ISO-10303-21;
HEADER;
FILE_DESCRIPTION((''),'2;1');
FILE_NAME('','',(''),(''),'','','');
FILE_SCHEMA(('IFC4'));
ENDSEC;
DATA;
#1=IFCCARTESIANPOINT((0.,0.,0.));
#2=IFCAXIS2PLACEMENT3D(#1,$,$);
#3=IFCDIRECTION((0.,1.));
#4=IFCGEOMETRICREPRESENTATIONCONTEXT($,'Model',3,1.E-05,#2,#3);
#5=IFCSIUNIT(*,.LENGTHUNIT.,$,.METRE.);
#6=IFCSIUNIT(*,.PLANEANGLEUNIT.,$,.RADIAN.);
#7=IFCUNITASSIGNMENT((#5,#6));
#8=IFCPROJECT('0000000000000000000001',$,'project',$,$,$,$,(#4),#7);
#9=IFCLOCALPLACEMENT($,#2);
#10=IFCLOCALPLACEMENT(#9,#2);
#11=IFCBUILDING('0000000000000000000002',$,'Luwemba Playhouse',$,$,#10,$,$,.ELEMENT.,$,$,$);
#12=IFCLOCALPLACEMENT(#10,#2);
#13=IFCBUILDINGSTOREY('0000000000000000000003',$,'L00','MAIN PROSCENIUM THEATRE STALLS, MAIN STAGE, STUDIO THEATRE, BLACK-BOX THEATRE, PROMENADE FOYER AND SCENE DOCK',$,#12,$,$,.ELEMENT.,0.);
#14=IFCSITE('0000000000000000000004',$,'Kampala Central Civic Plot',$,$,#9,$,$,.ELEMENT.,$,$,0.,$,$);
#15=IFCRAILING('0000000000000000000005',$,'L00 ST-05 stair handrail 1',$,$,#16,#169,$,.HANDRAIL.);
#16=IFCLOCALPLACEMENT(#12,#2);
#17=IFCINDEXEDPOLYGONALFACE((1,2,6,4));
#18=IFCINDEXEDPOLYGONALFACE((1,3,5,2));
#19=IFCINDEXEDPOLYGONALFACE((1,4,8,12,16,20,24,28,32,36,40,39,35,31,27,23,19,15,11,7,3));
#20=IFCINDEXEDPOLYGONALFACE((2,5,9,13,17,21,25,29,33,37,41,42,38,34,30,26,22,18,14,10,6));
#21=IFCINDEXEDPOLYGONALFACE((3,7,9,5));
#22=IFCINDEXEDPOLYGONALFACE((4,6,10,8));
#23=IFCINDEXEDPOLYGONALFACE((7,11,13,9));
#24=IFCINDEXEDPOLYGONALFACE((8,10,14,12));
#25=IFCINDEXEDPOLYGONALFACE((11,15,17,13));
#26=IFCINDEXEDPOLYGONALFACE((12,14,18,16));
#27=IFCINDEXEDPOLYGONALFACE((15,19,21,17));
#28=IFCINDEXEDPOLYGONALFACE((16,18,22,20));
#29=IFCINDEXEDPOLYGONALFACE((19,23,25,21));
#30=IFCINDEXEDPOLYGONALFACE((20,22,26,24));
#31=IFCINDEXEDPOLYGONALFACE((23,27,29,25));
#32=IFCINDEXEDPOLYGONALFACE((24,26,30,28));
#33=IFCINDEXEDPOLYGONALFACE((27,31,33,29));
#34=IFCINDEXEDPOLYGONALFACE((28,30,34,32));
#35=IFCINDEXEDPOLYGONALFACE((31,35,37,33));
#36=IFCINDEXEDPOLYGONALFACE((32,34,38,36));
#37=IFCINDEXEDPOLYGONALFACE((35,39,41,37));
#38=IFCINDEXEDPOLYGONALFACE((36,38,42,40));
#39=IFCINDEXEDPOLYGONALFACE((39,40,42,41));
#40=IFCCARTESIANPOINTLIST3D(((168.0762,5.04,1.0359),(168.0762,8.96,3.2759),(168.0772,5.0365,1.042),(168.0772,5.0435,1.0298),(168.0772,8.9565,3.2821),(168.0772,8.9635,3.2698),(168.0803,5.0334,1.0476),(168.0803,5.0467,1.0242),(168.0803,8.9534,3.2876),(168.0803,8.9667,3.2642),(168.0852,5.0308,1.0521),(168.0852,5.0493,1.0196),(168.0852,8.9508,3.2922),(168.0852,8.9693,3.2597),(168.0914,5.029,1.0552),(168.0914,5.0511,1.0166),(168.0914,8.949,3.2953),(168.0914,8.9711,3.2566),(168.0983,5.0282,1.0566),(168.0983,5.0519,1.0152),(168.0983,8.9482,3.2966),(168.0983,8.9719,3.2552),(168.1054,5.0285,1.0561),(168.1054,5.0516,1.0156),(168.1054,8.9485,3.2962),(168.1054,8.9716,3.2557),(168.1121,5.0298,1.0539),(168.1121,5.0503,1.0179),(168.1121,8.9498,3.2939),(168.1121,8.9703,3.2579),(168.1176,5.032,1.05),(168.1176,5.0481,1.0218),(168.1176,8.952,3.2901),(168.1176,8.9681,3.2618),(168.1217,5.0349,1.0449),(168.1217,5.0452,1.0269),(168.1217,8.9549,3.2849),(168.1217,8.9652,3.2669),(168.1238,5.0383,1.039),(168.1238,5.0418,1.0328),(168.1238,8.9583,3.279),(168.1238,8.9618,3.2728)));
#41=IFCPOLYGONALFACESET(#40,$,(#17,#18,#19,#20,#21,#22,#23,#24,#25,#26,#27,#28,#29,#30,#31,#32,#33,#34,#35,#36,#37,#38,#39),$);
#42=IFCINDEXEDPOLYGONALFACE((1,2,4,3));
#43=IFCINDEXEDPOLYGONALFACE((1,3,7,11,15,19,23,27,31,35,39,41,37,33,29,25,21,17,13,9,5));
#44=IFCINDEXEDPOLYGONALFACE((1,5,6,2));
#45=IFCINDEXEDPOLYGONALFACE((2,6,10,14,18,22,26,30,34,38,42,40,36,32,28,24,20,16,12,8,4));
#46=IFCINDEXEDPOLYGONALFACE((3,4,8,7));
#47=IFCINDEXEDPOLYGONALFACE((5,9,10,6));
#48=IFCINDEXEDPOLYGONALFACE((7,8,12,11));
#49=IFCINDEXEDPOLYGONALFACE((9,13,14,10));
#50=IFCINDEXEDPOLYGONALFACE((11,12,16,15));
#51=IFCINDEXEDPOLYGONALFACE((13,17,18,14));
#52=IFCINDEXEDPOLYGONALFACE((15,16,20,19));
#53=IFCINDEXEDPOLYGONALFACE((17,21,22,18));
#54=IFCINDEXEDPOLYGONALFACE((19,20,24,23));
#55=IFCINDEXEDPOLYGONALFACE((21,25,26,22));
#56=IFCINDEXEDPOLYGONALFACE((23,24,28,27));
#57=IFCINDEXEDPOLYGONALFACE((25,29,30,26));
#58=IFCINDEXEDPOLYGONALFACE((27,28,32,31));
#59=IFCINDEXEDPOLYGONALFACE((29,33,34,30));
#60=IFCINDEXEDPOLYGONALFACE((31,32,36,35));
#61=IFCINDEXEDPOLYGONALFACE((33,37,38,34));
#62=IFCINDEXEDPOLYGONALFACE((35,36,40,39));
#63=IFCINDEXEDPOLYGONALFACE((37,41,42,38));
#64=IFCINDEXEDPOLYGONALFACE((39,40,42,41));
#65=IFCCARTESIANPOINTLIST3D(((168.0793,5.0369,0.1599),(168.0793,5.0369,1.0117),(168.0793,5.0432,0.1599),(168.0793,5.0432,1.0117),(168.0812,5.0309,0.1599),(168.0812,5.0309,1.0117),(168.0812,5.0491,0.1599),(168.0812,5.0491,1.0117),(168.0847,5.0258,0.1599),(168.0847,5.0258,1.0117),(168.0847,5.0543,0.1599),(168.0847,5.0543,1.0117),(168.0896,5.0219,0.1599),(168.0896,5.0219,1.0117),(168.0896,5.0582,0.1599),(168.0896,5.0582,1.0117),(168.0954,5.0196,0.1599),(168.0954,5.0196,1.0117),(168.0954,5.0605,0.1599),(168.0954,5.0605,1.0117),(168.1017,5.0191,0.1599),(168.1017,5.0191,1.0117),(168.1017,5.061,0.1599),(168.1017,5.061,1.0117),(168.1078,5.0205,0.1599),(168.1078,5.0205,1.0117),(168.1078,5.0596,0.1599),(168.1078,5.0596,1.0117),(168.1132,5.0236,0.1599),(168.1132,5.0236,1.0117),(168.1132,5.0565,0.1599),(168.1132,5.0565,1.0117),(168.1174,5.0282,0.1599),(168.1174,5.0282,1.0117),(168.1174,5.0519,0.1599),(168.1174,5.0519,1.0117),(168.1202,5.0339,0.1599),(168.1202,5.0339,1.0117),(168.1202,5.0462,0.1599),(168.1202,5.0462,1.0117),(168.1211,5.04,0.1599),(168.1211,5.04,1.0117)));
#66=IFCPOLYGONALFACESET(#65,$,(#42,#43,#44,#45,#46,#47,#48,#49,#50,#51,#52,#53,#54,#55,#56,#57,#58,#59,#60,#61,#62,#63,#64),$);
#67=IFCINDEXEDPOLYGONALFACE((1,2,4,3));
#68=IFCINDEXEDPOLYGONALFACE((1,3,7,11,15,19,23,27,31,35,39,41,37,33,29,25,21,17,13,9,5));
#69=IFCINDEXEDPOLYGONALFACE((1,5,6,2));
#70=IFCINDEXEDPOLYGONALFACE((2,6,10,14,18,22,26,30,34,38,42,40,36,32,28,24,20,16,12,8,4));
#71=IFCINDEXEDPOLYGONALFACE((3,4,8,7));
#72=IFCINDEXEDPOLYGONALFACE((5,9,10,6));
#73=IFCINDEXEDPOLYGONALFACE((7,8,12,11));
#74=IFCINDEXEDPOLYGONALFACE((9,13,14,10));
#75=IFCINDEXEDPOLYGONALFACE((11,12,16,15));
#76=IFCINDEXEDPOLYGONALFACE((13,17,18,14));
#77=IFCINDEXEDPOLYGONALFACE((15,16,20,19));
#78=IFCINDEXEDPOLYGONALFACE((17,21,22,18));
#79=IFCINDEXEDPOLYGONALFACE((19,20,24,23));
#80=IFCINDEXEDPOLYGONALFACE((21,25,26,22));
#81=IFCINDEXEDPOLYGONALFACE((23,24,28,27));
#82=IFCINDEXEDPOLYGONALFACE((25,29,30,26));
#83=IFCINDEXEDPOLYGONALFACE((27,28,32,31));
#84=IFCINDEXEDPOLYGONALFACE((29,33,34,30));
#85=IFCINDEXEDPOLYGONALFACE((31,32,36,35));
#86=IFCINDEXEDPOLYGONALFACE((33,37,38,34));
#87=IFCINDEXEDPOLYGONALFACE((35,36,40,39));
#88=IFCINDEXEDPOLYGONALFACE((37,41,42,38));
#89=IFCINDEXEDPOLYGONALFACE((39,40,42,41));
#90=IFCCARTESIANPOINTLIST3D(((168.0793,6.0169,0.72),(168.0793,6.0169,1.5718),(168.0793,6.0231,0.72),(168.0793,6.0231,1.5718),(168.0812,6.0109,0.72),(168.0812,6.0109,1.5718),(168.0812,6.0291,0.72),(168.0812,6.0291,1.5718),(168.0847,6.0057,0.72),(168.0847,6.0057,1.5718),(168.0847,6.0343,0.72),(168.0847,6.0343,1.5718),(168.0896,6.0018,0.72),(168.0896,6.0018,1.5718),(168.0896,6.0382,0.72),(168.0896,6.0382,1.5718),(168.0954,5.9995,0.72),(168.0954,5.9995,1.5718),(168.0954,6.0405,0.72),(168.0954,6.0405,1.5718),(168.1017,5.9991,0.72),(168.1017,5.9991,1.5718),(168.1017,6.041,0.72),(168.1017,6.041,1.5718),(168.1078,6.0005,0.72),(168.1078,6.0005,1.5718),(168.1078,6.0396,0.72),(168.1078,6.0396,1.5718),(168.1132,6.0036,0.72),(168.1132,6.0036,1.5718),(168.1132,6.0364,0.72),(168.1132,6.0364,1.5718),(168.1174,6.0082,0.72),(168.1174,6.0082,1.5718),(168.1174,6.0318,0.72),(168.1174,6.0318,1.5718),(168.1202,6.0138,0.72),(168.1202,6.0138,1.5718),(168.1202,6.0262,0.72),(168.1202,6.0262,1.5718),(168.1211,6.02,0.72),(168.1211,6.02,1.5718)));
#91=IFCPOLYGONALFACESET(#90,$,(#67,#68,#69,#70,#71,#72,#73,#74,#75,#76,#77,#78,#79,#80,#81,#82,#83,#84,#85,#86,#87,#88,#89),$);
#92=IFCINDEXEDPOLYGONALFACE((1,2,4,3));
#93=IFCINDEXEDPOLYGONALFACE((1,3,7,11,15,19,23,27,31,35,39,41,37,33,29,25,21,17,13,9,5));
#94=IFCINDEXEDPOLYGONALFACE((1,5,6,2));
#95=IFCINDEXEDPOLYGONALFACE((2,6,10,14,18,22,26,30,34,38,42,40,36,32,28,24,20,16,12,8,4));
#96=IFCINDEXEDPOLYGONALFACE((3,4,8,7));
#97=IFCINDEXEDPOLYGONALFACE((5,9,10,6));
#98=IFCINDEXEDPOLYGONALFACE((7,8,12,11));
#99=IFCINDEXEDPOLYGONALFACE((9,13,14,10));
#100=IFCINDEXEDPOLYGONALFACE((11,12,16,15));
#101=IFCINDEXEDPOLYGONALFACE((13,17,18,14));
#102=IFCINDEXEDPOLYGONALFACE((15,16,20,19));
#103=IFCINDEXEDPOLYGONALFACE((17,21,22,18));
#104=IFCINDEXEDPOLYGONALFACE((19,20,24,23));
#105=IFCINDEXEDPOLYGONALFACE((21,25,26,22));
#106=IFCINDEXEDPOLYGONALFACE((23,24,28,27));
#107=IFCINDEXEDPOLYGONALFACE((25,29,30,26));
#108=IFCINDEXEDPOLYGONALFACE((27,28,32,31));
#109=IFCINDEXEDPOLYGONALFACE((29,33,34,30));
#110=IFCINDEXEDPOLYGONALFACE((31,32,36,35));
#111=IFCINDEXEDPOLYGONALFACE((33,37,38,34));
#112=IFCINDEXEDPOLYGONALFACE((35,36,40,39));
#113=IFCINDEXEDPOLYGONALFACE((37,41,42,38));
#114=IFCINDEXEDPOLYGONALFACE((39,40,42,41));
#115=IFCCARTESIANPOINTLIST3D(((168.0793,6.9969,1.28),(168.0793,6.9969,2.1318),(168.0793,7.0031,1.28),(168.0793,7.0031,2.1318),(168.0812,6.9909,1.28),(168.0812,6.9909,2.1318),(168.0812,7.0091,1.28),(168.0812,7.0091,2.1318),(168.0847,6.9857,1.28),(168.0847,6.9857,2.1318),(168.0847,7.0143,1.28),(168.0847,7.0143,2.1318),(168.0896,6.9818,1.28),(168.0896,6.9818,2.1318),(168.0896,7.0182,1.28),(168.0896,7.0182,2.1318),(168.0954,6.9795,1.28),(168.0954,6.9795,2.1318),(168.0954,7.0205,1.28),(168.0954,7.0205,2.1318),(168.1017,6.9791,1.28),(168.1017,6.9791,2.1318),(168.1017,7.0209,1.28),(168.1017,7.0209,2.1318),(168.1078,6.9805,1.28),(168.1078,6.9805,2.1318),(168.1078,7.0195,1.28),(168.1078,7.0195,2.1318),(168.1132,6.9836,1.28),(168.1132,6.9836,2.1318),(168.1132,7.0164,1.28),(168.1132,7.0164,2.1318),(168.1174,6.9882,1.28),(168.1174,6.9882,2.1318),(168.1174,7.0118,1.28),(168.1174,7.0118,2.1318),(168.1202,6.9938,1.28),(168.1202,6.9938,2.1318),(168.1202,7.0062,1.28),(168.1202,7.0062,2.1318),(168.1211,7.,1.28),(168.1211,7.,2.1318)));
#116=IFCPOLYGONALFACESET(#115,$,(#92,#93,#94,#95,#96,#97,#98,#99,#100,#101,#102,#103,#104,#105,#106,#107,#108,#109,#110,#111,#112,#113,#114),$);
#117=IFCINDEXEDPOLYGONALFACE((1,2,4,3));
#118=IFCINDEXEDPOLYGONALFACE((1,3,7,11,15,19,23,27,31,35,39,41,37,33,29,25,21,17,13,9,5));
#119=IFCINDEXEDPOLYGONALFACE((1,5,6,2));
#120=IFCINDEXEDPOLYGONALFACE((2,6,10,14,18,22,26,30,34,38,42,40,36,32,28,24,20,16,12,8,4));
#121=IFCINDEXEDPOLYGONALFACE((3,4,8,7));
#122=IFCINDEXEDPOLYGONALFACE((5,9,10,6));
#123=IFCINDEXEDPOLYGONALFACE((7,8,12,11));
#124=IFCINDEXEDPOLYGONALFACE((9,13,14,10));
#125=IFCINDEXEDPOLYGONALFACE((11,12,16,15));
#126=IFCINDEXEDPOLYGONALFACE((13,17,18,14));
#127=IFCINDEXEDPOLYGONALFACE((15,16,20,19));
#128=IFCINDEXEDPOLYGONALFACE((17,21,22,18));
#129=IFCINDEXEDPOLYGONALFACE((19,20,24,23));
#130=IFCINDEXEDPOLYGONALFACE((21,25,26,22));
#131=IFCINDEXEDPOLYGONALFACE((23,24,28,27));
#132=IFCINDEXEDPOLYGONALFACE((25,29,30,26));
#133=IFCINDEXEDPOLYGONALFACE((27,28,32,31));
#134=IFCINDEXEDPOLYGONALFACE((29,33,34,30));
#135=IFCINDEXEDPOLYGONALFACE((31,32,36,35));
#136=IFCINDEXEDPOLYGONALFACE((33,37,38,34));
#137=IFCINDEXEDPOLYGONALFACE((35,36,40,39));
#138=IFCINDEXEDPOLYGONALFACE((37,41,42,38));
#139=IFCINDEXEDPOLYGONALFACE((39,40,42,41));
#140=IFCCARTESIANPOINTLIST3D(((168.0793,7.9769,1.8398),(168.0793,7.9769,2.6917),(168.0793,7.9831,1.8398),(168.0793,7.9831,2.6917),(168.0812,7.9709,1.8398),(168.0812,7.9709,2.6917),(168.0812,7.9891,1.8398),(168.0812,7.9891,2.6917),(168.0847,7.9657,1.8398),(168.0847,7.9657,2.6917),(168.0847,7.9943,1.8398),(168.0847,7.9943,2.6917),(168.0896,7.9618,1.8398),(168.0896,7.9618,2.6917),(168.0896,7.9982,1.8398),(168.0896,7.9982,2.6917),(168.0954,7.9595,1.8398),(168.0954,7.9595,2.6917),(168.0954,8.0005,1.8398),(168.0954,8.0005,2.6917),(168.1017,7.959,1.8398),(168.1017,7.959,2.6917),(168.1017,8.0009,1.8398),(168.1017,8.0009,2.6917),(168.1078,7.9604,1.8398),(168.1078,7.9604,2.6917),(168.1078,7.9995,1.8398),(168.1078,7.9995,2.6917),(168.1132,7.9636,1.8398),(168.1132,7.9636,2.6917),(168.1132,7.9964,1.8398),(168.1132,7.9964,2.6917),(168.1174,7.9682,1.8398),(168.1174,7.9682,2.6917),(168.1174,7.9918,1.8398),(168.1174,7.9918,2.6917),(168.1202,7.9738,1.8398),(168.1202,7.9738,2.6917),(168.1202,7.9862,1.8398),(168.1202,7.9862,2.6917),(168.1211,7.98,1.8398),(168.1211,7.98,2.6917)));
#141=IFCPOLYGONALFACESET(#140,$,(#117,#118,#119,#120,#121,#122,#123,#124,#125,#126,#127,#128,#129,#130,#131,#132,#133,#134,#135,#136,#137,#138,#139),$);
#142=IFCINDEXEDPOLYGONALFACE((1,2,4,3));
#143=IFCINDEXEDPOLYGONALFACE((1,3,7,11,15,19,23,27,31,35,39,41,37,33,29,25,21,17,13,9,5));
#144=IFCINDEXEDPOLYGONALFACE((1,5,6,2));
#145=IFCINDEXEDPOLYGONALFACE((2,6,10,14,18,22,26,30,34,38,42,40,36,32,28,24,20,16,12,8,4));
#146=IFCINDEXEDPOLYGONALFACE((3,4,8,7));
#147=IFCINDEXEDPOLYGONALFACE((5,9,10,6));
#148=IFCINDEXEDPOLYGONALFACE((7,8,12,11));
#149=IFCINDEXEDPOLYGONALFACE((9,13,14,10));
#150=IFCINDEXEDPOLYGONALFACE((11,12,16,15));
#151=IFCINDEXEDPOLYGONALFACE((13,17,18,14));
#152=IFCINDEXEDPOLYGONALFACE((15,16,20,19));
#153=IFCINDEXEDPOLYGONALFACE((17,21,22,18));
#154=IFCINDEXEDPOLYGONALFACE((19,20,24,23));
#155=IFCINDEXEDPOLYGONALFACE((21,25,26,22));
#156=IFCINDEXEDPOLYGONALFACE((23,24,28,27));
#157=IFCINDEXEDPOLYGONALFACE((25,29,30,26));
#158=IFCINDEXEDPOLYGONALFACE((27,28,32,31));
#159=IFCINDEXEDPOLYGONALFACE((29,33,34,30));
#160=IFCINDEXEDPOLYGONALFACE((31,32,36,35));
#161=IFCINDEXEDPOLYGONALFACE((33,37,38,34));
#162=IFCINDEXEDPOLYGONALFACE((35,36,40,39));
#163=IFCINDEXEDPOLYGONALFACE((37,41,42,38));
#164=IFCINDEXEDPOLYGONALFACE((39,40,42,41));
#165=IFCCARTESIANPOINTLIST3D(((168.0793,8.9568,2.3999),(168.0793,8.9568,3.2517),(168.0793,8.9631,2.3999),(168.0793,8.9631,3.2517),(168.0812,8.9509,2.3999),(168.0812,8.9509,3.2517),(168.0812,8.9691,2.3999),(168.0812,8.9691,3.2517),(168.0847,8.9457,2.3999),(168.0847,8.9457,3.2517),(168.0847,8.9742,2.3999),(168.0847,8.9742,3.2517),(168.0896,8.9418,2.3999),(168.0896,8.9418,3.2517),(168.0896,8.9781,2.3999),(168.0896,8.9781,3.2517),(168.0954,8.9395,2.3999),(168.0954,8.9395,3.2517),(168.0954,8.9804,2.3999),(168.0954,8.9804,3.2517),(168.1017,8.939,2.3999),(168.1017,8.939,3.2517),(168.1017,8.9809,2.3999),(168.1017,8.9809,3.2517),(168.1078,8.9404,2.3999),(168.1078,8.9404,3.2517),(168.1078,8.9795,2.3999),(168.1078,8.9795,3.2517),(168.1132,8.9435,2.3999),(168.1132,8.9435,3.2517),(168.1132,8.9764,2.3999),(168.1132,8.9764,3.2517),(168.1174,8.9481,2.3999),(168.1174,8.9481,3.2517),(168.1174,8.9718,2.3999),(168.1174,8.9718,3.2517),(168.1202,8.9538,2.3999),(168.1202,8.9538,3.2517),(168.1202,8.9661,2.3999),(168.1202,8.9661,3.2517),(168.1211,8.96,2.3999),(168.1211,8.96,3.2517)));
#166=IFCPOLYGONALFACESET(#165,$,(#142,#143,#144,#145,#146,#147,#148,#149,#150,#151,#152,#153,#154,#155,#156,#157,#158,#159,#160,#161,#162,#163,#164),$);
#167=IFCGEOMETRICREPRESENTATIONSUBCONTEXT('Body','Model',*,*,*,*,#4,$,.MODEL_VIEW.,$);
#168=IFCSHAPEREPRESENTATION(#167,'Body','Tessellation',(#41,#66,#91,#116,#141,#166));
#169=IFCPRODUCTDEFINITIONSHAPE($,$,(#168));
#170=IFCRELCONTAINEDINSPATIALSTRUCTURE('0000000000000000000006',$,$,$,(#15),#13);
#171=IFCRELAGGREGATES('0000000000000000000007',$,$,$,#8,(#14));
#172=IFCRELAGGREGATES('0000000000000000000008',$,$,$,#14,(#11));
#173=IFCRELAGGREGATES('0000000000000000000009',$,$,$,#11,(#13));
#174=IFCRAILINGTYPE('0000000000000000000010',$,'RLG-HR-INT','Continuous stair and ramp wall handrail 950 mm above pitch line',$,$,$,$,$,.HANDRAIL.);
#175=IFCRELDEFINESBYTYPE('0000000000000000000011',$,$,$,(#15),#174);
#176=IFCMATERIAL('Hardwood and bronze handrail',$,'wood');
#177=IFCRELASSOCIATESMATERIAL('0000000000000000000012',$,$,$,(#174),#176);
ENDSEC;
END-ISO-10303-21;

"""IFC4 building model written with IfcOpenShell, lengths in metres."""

from ifc_helpers import new_model, si_unit, direction, frame, origin, origin_2d, place, context, subcontext, project, spatial, circle, extrude, material, type_object, element, save


model = new_model("IFC4")

# Units and contexts
model_context = context("Model", 3, precision=1e-05, world=origin(), true_north=direction((0.0, 1.0)))
body_context = subcontext(model_context, "Body", "Model", "MODEL_VIEW")
ifc_project = project(units=[si_unit("LENGTHUNIT", "METRE"), si_unit("PLANEANGLEUNIT", "RADIAN")], contexts=[model_context])

# Site, building, storey
site_placement = place(None, origin())
site = spatial("IfcSite", under=ifc_project, at=site_placement, Name="Kampala Central Civic Plot", CompositionType="ELEMENT", RefElevation=0.0)
building_placement = place(site_placement, origin())
building = spatial("IfcBuilding", under=site, at=building_placement, Name="Luwemba Playhouse", CompositionType="ELEMENT")
storey_placement = place(building_placement, origin())
storey = spatial("IfcBuildingStorey", under=building, at=storey_placement, Name="L00", Description="MAIN PROSCENIUM THEATRE STALLS, MAIN STAGE, STUDIO THEATRE, BLACK-BOX THEATRE, PROMENADE FOYER AND SCENE DOCK", CompositionType="ELEMENT", Elevation=0.0)

# Railing
ifc_material_1 = material(Name="Hardwood and bronze handrail", Category="wood")
railing_type_1 = type_object("IfcRailingType", Name="RLG-HR-INT", Description="Continuous stair and ramp wall handrail 950 mm above pitch line", PredefinedType="HANDRAIL", material=ifc_material_1)
railing_1_placement = place(storey_placement, frame((168.1001, 5.04, 0.1599)))
element("IfcRailing", 1, at=railing_1_placement, inside=storey, type_object=railing_type_1, Name="L00 ST-05 stair handrail 1", PredefinedType="HANDRAIL", context=body_context, shape_type="SweptSolid", body=[
    extrude(circle(Radius=0.0239, at=origin_2d()), frame((0.0, 0.0, 0.876), z_axis=(0.0, 0.86824, 0.496145), x_axis=(-1.0, 0.0, 0.0)), (0.0, 0.0, 1.0), 4.5149),
    extrude(circle(Radius=0.021, at=origin_2d()), origin(), (0.0, 0.0, 1.0), 0.8518),
    extrude(circle(Radius=0.021, at=origin_2d()), frame((0.0, 0.98, 0.5601)), (0.0, 0.0, 1.0), 0.8518),
    extrude(circle(Radius=0.021, at=origin_2d()), frame((0.0, 1.96, 1.1201)), (0.0, 0.0, 1.0), 0.8518),
    extrude(circle(Radius=0.021, at=origin_2d()), frame((0.0, 2.9399, 1.6799)), (0.0, 0.0, 1.0), 0.8518),
    extrude(circle(Radius=0.021, at=origin_2d()), frame((0.0, 3.9199, 2.24)), (0.0, 0.0, 1.0), 0.8518),
])

save(model, "model.ifc")
